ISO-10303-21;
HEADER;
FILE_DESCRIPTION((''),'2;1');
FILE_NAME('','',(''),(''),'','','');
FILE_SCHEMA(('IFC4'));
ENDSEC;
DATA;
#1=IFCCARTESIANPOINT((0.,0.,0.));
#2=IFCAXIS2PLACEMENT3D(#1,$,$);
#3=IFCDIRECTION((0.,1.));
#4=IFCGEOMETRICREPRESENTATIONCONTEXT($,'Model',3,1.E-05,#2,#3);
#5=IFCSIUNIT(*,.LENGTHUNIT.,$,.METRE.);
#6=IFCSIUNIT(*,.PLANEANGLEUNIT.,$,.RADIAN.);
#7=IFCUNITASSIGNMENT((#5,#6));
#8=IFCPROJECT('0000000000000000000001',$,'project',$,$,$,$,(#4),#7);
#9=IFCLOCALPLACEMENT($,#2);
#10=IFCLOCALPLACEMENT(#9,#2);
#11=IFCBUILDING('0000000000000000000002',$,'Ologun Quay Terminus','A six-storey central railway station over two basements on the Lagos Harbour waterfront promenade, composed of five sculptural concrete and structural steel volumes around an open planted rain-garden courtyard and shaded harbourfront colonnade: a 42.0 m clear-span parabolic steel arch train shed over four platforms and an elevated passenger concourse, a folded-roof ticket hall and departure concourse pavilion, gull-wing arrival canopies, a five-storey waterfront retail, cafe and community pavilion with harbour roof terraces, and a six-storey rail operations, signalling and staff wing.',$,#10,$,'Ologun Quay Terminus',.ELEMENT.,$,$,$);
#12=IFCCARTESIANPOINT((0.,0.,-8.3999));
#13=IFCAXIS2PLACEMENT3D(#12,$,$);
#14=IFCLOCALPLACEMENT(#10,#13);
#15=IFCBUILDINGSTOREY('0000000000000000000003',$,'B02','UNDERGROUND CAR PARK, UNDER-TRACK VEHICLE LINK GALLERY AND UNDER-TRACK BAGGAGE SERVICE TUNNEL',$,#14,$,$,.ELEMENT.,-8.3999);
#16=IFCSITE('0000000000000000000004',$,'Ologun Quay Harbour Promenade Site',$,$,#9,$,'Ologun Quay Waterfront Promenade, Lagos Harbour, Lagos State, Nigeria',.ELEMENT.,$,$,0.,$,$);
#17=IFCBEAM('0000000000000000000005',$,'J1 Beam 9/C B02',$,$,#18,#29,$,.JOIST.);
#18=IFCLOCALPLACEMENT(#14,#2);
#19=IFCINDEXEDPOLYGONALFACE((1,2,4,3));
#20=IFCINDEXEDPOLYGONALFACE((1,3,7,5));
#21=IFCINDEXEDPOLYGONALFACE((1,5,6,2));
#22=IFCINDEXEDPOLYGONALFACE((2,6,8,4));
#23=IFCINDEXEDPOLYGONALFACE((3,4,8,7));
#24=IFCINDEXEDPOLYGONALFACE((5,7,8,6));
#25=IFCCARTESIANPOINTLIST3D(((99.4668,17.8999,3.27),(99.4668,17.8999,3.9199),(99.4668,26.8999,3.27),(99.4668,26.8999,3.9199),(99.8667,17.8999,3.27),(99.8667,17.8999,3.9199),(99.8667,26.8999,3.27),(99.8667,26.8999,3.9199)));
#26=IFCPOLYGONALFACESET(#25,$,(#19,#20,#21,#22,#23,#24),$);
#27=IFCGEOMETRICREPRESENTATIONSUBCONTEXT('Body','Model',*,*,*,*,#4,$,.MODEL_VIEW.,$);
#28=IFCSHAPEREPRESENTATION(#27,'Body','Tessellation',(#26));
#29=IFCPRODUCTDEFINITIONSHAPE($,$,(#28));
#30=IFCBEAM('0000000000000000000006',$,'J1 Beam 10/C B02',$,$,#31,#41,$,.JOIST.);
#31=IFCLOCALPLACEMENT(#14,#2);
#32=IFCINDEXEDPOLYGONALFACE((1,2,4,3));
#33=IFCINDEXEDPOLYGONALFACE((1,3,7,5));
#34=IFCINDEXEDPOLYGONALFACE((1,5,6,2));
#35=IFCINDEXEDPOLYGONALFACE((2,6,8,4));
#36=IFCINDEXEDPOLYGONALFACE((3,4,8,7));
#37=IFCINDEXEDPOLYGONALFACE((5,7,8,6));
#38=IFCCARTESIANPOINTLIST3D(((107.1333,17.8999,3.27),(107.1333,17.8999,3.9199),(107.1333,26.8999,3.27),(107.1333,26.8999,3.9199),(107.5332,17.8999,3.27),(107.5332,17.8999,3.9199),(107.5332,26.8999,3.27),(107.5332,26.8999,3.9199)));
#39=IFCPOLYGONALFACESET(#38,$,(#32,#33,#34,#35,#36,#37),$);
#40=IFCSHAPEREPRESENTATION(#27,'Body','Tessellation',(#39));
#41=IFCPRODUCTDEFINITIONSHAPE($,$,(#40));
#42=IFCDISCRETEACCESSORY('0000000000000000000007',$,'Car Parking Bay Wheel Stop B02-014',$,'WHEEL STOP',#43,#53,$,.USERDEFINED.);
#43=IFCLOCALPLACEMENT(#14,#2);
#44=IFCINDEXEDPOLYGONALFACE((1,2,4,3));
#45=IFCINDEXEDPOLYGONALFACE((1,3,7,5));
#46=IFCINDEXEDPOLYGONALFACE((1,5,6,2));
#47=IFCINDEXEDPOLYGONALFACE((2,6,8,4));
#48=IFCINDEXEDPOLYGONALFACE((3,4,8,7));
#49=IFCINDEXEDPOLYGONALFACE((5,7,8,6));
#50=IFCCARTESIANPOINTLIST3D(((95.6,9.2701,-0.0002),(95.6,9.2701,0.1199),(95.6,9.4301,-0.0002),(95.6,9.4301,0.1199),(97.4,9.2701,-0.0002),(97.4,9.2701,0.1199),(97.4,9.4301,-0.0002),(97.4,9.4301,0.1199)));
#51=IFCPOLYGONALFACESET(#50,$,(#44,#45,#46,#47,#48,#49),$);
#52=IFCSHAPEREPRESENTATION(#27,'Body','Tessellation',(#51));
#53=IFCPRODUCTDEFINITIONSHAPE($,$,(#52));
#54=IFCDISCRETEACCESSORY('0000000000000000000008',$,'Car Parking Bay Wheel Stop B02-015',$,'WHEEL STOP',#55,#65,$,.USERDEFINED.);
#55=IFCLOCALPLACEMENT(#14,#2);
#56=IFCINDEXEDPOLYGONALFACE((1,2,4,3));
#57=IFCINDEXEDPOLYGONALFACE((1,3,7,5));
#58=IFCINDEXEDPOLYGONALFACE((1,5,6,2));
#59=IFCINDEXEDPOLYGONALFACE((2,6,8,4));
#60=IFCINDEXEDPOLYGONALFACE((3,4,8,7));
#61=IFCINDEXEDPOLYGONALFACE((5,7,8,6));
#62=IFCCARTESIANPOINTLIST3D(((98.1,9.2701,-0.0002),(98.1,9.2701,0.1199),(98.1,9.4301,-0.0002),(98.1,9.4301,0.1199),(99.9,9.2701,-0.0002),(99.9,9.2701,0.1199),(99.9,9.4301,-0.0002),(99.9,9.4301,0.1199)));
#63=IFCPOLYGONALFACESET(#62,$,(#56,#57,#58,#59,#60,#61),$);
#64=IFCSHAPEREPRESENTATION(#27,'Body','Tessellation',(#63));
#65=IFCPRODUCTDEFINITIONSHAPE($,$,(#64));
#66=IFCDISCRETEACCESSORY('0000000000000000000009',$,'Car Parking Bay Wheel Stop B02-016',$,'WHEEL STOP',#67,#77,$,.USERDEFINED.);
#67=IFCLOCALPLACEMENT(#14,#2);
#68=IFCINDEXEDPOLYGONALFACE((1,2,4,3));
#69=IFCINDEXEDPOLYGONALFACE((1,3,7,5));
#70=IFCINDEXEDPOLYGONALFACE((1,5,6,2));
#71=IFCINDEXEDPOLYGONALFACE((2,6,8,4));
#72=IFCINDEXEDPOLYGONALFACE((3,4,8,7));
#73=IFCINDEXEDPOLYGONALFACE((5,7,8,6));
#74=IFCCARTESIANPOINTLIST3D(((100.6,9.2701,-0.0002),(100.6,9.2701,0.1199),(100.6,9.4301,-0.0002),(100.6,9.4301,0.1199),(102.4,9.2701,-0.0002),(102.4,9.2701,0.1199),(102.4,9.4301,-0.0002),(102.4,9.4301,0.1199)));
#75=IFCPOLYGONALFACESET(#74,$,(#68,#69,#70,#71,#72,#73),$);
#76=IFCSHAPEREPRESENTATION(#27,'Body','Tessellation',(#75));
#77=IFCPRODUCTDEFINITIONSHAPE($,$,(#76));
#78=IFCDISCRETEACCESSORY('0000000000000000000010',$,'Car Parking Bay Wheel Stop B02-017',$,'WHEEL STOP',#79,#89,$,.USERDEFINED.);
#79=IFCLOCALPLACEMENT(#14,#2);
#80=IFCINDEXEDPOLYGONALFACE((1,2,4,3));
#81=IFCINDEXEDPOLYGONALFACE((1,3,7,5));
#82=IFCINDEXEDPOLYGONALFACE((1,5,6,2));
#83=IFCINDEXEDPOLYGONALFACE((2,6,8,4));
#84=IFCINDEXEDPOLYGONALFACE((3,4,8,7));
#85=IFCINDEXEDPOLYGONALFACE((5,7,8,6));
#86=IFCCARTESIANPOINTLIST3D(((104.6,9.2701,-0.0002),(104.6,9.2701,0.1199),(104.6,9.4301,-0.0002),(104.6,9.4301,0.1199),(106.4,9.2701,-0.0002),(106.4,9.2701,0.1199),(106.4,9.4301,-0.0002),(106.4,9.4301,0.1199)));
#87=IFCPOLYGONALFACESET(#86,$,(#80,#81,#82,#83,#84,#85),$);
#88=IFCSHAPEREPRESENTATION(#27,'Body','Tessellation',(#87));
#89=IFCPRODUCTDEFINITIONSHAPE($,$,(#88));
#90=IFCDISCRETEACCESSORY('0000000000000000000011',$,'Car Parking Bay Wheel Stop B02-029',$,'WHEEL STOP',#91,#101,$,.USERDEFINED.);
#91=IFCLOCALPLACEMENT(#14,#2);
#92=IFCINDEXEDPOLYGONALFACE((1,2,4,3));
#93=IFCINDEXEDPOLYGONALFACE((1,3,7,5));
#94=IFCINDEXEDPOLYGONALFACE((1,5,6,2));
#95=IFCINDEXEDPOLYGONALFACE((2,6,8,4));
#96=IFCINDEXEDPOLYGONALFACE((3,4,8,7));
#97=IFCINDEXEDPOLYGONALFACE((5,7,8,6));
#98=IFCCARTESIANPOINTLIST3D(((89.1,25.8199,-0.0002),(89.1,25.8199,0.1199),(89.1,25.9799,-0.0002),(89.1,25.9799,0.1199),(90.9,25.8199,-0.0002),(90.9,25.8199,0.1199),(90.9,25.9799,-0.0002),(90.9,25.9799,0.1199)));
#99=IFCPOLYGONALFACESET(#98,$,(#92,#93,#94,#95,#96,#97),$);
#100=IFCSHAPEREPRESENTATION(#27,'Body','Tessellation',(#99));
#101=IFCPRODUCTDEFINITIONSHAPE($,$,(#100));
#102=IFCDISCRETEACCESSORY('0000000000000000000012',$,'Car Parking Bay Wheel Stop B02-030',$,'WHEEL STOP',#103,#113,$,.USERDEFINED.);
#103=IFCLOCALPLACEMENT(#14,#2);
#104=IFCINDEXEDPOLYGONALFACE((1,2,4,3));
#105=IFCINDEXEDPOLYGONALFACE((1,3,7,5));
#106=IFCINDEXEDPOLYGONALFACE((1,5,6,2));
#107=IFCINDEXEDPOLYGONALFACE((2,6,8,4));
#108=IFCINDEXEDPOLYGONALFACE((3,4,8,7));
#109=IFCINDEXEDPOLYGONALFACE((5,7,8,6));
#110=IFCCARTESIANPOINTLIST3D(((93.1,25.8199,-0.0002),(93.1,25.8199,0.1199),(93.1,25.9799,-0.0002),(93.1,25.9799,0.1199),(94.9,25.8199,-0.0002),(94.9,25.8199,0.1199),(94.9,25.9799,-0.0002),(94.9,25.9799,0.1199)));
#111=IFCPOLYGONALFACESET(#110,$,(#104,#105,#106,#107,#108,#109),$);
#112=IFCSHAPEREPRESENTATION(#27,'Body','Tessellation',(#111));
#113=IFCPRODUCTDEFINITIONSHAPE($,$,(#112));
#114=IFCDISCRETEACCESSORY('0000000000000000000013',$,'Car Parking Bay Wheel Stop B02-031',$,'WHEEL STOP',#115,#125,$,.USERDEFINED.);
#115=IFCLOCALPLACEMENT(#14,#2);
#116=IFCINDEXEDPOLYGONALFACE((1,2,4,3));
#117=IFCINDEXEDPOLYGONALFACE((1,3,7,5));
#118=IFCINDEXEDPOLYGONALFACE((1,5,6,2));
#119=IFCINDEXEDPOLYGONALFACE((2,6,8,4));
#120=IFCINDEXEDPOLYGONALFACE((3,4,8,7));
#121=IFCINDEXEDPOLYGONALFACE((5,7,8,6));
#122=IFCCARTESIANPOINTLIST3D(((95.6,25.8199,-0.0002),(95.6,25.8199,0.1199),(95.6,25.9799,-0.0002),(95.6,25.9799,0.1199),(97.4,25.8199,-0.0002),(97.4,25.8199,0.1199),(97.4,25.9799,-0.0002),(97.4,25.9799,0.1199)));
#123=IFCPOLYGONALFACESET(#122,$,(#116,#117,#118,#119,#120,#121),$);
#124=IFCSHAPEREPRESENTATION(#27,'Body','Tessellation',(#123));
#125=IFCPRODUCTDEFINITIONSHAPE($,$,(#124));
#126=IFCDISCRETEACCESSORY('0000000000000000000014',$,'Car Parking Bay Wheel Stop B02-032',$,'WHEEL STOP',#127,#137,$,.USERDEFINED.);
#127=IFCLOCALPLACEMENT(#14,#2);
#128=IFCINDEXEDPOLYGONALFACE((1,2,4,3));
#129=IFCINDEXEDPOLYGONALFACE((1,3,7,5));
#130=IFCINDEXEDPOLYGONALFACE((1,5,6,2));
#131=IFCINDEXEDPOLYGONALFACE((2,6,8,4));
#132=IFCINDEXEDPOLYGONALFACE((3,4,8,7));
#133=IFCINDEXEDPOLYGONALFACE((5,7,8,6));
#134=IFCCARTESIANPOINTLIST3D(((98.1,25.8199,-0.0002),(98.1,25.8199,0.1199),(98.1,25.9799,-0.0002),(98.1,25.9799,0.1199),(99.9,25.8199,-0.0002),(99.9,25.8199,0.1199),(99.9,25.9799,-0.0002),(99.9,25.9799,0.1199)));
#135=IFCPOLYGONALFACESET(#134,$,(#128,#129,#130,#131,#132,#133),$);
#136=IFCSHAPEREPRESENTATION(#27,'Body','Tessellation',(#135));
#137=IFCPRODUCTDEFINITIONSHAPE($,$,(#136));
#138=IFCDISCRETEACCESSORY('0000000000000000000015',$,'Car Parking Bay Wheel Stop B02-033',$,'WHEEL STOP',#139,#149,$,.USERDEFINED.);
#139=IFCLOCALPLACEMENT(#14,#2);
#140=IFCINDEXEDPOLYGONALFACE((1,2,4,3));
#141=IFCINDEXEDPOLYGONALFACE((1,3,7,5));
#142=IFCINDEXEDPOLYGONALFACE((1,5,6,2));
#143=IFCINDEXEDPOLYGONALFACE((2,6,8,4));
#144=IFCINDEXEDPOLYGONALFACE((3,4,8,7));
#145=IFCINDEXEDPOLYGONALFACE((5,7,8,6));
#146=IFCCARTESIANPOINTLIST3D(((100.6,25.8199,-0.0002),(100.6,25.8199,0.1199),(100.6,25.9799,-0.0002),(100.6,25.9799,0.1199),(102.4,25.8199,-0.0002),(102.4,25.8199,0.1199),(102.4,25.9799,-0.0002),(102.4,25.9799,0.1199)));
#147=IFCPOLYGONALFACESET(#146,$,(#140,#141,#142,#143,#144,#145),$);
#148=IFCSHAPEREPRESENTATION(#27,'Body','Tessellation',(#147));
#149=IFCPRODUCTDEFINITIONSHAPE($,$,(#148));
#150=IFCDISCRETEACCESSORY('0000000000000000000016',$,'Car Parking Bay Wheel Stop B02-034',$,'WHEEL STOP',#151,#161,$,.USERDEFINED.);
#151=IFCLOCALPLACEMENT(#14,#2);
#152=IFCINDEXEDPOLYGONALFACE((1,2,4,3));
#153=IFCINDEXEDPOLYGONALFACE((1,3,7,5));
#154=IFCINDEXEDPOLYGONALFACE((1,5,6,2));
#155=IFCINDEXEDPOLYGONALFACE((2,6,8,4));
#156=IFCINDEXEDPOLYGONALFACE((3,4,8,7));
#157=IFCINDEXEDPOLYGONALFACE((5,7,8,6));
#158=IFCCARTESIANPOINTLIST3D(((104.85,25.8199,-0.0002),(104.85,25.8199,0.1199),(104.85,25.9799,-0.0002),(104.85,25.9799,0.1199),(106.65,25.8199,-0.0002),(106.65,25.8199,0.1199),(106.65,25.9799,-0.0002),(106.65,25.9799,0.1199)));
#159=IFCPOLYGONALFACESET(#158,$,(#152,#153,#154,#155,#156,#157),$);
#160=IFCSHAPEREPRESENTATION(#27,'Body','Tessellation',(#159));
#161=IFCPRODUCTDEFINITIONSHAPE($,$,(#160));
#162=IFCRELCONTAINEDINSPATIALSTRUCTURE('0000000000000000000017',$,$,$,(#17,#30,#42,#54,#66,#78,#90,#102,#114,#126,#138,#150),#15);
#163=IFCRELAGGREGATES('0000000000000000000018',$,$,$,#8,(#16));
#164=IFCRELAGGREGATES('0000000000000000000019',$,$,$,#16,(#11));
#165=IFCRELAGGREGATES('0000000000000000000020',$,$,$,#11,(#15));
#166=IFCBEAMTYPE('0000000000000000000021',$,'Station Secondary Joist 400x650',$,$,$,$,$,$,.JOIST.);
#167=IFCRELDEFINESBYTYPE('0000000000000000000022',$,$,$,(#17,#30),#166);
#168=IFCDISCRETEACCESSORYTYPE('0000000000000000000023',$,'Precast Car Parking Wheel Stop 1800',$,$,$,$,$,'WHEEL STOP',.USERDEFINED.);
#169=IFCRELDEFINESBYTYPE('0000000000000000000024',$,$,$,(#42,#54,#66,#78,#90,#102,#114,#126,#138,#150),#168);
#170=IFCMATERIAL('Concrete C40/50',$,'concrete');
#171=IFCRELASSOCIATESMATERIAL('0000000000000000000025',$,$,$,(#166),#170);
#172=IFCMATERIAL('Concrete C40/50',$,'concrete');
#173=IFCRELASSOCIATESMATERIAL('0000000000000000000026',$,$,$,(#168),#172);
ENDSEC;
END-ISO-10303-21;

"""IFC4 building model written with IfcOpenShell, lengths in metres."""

from ifc_helpers import new_model, si_unit, direction, frame, origin, origin_2d, place, context, subcontext, project, spatial, rectangle, extrude, material, material_profile, profile_set, type_object, element, save


model = new_model("IFC4")

# Units and contexts
model_context = context("Model", 3, precision=1e-05, world=origin(), true_north=direction((0.0, 1.0)))
body_context = subcontext(model_context, "Body", "Model", "MODEL_VIEW")
ifc_project = project(units=[si_unit("LENGTHUNIT", "METRE"), si_unit("PLANEANGLEUNIT", "RADIAN")], contexts=[model_context])

# Site, building, storey
site_placement = place(None, origin())
site = spatial("IfcSite", under=ifc_project, at=site_placement, Name="Ologun Quay Harbour Promenade Site", LongName="Ologun Quay Waterfront Promenade, Lagos Harbour, Lagos State, Nigeria", CompositionType="ELEMENT", RefElevation=0.0)
building_placement = place(site_placement, origin())
building = spatial("IfcBuilding", under=site, at=building_placement, Name="Ologun Quay Terminus", Description="A six-storey central railway station over two basements on the Lagos Harbour waterfront promenade, composed of five sculptural concrete and structural steel volumes around an open planted rain-garden courtyard and shaded harbourfront colonnade: a 42.0 m clear-span parabolic steel arch train shed over four platforms and an elevated passenger concourse, a folded-roof ticket hall and departure concourse pavilion, gull-wing arrival canopies, a five-storey waterfront retail, cafe and community pavilion with harbour roof terraces, and a six-storey rail operations, signalling and staff wing.", LongName="Ologun Quay Terminus", CompositionType="ELEMENT")
storey_placement = place(building_placement, frame((0.0, 0.0, -8.3999)))
storey = spatial("IfcBuildingStorey", under=building, at=storey_placement, Name="B02", Description="UNDERGROUND CAR PARK, UNDER-TRACK VEHICLE LINK GALLERY AND UNDER-TRACK BAGGAGE SERVICE TUNNEL", CompositionType="ELEMENT", Elevation=-8.3999)

# Beams
ifc_material_1 = material(Name="Concrete C40/50", Category="concrete")
ifc_material_profile_1 = material_profile(ifc_material_1, rectangle(XDim=0.3999, YDim=0.6499, at=origin_2d()), Name="RC 400x650")
ifc_profile_set_1 = profile_set([ifc_material_profile_1], Name="Concrete C40/50")
beam_type_1 = type_object("IfcBeamType", Name="Station Secondary Joist 400x650", PredefinedType="JOIST", material=ifc_profile_set_1)
for number, where, z_axis, x_axis, name in (
    (1, (99.6667, 17.8999, 3.595), (0.0, 1.0, 0.0), (-1.0, 0.0, 0.0), "J1 Beam 9/C B02"),
    (2, (107.3333, 17.8999, 3.595), (0.0, 1.0, 0.0), (-1.0, 0.0, 0.0), "J1 Beam 10/C B02"),
):
    element("IfcBeam", number, at=place(storey_placement, frame(where, z_axis=z_axis, x_axis=x_axis)), inside=storey, type_object=beam_type_1, Name=name, PredefinedType="JOIST", context=body_context, shape_type="SweptSolid", body=[
        extrude(rectangle(XDim=0.3999, YDim=0.6499, at=origin_2d()), origin(), (0.0, 0.0, 1.0), 9.0),
    ])

# Discrete accessories
ifc_material_2 = material(Name="Concrete C40/50", Category="concrete")
discrete_accessory_type = type_object("IfcDiscreteAccessoryType", Name="Precast Car Parking Wheel Stop 1800", ElementType="WHEEL STOP", PredefinedType="USERDEFINED", material=ifc_material_2)
for number, where, z_axis, x_axis, name in (
    (3, (96.5, 9.3501, -0.0002), (0.0, 0.0, 1.0), (1.0, 0.0, 0.0), "Car Parking Bay Wheel Stop B02-014"),
    (4, (99.0, 9.3501, -0.0002), (0.0, 0.0, 1.0), (1.0, 0.0, 0.0), "Car Parking Bay Wheel Stop B02-015"),
    (5, (101.5, 9.3501, -0.0002), (0.0, 0.0, 1.0), (1.0, 0.0, 0.0), "Car Parking Bay Wheel Stop B02-016"),
    (6, (105.5, 9.3501, -0.0002), (0.0, 0.0, 1.0), (1.0, 0.0, 0.0), "Car Parking Bay Wheel Stop B02-017"),
    (7, (90.0, 25.8999, -0.0002), (0.0, 0.0, 1.0), (1.0, 0.0, 0.0), "Car Parking Bay Wheel Stop B02-029"),
    (8, (94.0, 25.8999, -0.0002), (0.0, 0.0, 1.0), (1.0, 0.0, 0.0), "Car Parking Bay Wheel Stop B02-030"),
    (9, (96.5, 25.8999, -0.0002), (0.0, 0.0, 1.0), (1.0, 0.0, 0.0), "Car Parking Bay Wheel Stop B02-031"),
    (10, (99.0, 25.8999, -0.0002), (0.0, 0.0, 1.0), (1.0, 0.0, 0.0), "Car Parking Bay Wheel Stop B02-032"),
    (11, (101.5, 25.8999, -0.0002), (0.0, 0.0, 1.0), (1.0, 0.0, 0.0), "Car Parking Bay Wheel Stop B02-033"),
    (12, (105.75, 25.8999, -0.0002), (0.0, 0.0, 1.0), (1.0, 0.0, 0.0), "Car Parking Bay Wheel Stop B02-034"),
):
    element("IfcDiscreteAccessory", number, at=place(storey_placement, frame(where, z_axis=z_axis, x_axis=x_axis)), inside=storey, type_object=discrete_accessory_type, Name=name, ObjectType="WHEEL STOP", PredefinedType="USERDEFINED", context=body_context, shape_type="SweptSolid", body=[
        extrude(rectangle(XDim=1.8, YDim=0.1599, at=origin_2d()), origin(), (0.0, 0.0, 1.0), 0.1201),
    ])

save(model, "model.ifc")
